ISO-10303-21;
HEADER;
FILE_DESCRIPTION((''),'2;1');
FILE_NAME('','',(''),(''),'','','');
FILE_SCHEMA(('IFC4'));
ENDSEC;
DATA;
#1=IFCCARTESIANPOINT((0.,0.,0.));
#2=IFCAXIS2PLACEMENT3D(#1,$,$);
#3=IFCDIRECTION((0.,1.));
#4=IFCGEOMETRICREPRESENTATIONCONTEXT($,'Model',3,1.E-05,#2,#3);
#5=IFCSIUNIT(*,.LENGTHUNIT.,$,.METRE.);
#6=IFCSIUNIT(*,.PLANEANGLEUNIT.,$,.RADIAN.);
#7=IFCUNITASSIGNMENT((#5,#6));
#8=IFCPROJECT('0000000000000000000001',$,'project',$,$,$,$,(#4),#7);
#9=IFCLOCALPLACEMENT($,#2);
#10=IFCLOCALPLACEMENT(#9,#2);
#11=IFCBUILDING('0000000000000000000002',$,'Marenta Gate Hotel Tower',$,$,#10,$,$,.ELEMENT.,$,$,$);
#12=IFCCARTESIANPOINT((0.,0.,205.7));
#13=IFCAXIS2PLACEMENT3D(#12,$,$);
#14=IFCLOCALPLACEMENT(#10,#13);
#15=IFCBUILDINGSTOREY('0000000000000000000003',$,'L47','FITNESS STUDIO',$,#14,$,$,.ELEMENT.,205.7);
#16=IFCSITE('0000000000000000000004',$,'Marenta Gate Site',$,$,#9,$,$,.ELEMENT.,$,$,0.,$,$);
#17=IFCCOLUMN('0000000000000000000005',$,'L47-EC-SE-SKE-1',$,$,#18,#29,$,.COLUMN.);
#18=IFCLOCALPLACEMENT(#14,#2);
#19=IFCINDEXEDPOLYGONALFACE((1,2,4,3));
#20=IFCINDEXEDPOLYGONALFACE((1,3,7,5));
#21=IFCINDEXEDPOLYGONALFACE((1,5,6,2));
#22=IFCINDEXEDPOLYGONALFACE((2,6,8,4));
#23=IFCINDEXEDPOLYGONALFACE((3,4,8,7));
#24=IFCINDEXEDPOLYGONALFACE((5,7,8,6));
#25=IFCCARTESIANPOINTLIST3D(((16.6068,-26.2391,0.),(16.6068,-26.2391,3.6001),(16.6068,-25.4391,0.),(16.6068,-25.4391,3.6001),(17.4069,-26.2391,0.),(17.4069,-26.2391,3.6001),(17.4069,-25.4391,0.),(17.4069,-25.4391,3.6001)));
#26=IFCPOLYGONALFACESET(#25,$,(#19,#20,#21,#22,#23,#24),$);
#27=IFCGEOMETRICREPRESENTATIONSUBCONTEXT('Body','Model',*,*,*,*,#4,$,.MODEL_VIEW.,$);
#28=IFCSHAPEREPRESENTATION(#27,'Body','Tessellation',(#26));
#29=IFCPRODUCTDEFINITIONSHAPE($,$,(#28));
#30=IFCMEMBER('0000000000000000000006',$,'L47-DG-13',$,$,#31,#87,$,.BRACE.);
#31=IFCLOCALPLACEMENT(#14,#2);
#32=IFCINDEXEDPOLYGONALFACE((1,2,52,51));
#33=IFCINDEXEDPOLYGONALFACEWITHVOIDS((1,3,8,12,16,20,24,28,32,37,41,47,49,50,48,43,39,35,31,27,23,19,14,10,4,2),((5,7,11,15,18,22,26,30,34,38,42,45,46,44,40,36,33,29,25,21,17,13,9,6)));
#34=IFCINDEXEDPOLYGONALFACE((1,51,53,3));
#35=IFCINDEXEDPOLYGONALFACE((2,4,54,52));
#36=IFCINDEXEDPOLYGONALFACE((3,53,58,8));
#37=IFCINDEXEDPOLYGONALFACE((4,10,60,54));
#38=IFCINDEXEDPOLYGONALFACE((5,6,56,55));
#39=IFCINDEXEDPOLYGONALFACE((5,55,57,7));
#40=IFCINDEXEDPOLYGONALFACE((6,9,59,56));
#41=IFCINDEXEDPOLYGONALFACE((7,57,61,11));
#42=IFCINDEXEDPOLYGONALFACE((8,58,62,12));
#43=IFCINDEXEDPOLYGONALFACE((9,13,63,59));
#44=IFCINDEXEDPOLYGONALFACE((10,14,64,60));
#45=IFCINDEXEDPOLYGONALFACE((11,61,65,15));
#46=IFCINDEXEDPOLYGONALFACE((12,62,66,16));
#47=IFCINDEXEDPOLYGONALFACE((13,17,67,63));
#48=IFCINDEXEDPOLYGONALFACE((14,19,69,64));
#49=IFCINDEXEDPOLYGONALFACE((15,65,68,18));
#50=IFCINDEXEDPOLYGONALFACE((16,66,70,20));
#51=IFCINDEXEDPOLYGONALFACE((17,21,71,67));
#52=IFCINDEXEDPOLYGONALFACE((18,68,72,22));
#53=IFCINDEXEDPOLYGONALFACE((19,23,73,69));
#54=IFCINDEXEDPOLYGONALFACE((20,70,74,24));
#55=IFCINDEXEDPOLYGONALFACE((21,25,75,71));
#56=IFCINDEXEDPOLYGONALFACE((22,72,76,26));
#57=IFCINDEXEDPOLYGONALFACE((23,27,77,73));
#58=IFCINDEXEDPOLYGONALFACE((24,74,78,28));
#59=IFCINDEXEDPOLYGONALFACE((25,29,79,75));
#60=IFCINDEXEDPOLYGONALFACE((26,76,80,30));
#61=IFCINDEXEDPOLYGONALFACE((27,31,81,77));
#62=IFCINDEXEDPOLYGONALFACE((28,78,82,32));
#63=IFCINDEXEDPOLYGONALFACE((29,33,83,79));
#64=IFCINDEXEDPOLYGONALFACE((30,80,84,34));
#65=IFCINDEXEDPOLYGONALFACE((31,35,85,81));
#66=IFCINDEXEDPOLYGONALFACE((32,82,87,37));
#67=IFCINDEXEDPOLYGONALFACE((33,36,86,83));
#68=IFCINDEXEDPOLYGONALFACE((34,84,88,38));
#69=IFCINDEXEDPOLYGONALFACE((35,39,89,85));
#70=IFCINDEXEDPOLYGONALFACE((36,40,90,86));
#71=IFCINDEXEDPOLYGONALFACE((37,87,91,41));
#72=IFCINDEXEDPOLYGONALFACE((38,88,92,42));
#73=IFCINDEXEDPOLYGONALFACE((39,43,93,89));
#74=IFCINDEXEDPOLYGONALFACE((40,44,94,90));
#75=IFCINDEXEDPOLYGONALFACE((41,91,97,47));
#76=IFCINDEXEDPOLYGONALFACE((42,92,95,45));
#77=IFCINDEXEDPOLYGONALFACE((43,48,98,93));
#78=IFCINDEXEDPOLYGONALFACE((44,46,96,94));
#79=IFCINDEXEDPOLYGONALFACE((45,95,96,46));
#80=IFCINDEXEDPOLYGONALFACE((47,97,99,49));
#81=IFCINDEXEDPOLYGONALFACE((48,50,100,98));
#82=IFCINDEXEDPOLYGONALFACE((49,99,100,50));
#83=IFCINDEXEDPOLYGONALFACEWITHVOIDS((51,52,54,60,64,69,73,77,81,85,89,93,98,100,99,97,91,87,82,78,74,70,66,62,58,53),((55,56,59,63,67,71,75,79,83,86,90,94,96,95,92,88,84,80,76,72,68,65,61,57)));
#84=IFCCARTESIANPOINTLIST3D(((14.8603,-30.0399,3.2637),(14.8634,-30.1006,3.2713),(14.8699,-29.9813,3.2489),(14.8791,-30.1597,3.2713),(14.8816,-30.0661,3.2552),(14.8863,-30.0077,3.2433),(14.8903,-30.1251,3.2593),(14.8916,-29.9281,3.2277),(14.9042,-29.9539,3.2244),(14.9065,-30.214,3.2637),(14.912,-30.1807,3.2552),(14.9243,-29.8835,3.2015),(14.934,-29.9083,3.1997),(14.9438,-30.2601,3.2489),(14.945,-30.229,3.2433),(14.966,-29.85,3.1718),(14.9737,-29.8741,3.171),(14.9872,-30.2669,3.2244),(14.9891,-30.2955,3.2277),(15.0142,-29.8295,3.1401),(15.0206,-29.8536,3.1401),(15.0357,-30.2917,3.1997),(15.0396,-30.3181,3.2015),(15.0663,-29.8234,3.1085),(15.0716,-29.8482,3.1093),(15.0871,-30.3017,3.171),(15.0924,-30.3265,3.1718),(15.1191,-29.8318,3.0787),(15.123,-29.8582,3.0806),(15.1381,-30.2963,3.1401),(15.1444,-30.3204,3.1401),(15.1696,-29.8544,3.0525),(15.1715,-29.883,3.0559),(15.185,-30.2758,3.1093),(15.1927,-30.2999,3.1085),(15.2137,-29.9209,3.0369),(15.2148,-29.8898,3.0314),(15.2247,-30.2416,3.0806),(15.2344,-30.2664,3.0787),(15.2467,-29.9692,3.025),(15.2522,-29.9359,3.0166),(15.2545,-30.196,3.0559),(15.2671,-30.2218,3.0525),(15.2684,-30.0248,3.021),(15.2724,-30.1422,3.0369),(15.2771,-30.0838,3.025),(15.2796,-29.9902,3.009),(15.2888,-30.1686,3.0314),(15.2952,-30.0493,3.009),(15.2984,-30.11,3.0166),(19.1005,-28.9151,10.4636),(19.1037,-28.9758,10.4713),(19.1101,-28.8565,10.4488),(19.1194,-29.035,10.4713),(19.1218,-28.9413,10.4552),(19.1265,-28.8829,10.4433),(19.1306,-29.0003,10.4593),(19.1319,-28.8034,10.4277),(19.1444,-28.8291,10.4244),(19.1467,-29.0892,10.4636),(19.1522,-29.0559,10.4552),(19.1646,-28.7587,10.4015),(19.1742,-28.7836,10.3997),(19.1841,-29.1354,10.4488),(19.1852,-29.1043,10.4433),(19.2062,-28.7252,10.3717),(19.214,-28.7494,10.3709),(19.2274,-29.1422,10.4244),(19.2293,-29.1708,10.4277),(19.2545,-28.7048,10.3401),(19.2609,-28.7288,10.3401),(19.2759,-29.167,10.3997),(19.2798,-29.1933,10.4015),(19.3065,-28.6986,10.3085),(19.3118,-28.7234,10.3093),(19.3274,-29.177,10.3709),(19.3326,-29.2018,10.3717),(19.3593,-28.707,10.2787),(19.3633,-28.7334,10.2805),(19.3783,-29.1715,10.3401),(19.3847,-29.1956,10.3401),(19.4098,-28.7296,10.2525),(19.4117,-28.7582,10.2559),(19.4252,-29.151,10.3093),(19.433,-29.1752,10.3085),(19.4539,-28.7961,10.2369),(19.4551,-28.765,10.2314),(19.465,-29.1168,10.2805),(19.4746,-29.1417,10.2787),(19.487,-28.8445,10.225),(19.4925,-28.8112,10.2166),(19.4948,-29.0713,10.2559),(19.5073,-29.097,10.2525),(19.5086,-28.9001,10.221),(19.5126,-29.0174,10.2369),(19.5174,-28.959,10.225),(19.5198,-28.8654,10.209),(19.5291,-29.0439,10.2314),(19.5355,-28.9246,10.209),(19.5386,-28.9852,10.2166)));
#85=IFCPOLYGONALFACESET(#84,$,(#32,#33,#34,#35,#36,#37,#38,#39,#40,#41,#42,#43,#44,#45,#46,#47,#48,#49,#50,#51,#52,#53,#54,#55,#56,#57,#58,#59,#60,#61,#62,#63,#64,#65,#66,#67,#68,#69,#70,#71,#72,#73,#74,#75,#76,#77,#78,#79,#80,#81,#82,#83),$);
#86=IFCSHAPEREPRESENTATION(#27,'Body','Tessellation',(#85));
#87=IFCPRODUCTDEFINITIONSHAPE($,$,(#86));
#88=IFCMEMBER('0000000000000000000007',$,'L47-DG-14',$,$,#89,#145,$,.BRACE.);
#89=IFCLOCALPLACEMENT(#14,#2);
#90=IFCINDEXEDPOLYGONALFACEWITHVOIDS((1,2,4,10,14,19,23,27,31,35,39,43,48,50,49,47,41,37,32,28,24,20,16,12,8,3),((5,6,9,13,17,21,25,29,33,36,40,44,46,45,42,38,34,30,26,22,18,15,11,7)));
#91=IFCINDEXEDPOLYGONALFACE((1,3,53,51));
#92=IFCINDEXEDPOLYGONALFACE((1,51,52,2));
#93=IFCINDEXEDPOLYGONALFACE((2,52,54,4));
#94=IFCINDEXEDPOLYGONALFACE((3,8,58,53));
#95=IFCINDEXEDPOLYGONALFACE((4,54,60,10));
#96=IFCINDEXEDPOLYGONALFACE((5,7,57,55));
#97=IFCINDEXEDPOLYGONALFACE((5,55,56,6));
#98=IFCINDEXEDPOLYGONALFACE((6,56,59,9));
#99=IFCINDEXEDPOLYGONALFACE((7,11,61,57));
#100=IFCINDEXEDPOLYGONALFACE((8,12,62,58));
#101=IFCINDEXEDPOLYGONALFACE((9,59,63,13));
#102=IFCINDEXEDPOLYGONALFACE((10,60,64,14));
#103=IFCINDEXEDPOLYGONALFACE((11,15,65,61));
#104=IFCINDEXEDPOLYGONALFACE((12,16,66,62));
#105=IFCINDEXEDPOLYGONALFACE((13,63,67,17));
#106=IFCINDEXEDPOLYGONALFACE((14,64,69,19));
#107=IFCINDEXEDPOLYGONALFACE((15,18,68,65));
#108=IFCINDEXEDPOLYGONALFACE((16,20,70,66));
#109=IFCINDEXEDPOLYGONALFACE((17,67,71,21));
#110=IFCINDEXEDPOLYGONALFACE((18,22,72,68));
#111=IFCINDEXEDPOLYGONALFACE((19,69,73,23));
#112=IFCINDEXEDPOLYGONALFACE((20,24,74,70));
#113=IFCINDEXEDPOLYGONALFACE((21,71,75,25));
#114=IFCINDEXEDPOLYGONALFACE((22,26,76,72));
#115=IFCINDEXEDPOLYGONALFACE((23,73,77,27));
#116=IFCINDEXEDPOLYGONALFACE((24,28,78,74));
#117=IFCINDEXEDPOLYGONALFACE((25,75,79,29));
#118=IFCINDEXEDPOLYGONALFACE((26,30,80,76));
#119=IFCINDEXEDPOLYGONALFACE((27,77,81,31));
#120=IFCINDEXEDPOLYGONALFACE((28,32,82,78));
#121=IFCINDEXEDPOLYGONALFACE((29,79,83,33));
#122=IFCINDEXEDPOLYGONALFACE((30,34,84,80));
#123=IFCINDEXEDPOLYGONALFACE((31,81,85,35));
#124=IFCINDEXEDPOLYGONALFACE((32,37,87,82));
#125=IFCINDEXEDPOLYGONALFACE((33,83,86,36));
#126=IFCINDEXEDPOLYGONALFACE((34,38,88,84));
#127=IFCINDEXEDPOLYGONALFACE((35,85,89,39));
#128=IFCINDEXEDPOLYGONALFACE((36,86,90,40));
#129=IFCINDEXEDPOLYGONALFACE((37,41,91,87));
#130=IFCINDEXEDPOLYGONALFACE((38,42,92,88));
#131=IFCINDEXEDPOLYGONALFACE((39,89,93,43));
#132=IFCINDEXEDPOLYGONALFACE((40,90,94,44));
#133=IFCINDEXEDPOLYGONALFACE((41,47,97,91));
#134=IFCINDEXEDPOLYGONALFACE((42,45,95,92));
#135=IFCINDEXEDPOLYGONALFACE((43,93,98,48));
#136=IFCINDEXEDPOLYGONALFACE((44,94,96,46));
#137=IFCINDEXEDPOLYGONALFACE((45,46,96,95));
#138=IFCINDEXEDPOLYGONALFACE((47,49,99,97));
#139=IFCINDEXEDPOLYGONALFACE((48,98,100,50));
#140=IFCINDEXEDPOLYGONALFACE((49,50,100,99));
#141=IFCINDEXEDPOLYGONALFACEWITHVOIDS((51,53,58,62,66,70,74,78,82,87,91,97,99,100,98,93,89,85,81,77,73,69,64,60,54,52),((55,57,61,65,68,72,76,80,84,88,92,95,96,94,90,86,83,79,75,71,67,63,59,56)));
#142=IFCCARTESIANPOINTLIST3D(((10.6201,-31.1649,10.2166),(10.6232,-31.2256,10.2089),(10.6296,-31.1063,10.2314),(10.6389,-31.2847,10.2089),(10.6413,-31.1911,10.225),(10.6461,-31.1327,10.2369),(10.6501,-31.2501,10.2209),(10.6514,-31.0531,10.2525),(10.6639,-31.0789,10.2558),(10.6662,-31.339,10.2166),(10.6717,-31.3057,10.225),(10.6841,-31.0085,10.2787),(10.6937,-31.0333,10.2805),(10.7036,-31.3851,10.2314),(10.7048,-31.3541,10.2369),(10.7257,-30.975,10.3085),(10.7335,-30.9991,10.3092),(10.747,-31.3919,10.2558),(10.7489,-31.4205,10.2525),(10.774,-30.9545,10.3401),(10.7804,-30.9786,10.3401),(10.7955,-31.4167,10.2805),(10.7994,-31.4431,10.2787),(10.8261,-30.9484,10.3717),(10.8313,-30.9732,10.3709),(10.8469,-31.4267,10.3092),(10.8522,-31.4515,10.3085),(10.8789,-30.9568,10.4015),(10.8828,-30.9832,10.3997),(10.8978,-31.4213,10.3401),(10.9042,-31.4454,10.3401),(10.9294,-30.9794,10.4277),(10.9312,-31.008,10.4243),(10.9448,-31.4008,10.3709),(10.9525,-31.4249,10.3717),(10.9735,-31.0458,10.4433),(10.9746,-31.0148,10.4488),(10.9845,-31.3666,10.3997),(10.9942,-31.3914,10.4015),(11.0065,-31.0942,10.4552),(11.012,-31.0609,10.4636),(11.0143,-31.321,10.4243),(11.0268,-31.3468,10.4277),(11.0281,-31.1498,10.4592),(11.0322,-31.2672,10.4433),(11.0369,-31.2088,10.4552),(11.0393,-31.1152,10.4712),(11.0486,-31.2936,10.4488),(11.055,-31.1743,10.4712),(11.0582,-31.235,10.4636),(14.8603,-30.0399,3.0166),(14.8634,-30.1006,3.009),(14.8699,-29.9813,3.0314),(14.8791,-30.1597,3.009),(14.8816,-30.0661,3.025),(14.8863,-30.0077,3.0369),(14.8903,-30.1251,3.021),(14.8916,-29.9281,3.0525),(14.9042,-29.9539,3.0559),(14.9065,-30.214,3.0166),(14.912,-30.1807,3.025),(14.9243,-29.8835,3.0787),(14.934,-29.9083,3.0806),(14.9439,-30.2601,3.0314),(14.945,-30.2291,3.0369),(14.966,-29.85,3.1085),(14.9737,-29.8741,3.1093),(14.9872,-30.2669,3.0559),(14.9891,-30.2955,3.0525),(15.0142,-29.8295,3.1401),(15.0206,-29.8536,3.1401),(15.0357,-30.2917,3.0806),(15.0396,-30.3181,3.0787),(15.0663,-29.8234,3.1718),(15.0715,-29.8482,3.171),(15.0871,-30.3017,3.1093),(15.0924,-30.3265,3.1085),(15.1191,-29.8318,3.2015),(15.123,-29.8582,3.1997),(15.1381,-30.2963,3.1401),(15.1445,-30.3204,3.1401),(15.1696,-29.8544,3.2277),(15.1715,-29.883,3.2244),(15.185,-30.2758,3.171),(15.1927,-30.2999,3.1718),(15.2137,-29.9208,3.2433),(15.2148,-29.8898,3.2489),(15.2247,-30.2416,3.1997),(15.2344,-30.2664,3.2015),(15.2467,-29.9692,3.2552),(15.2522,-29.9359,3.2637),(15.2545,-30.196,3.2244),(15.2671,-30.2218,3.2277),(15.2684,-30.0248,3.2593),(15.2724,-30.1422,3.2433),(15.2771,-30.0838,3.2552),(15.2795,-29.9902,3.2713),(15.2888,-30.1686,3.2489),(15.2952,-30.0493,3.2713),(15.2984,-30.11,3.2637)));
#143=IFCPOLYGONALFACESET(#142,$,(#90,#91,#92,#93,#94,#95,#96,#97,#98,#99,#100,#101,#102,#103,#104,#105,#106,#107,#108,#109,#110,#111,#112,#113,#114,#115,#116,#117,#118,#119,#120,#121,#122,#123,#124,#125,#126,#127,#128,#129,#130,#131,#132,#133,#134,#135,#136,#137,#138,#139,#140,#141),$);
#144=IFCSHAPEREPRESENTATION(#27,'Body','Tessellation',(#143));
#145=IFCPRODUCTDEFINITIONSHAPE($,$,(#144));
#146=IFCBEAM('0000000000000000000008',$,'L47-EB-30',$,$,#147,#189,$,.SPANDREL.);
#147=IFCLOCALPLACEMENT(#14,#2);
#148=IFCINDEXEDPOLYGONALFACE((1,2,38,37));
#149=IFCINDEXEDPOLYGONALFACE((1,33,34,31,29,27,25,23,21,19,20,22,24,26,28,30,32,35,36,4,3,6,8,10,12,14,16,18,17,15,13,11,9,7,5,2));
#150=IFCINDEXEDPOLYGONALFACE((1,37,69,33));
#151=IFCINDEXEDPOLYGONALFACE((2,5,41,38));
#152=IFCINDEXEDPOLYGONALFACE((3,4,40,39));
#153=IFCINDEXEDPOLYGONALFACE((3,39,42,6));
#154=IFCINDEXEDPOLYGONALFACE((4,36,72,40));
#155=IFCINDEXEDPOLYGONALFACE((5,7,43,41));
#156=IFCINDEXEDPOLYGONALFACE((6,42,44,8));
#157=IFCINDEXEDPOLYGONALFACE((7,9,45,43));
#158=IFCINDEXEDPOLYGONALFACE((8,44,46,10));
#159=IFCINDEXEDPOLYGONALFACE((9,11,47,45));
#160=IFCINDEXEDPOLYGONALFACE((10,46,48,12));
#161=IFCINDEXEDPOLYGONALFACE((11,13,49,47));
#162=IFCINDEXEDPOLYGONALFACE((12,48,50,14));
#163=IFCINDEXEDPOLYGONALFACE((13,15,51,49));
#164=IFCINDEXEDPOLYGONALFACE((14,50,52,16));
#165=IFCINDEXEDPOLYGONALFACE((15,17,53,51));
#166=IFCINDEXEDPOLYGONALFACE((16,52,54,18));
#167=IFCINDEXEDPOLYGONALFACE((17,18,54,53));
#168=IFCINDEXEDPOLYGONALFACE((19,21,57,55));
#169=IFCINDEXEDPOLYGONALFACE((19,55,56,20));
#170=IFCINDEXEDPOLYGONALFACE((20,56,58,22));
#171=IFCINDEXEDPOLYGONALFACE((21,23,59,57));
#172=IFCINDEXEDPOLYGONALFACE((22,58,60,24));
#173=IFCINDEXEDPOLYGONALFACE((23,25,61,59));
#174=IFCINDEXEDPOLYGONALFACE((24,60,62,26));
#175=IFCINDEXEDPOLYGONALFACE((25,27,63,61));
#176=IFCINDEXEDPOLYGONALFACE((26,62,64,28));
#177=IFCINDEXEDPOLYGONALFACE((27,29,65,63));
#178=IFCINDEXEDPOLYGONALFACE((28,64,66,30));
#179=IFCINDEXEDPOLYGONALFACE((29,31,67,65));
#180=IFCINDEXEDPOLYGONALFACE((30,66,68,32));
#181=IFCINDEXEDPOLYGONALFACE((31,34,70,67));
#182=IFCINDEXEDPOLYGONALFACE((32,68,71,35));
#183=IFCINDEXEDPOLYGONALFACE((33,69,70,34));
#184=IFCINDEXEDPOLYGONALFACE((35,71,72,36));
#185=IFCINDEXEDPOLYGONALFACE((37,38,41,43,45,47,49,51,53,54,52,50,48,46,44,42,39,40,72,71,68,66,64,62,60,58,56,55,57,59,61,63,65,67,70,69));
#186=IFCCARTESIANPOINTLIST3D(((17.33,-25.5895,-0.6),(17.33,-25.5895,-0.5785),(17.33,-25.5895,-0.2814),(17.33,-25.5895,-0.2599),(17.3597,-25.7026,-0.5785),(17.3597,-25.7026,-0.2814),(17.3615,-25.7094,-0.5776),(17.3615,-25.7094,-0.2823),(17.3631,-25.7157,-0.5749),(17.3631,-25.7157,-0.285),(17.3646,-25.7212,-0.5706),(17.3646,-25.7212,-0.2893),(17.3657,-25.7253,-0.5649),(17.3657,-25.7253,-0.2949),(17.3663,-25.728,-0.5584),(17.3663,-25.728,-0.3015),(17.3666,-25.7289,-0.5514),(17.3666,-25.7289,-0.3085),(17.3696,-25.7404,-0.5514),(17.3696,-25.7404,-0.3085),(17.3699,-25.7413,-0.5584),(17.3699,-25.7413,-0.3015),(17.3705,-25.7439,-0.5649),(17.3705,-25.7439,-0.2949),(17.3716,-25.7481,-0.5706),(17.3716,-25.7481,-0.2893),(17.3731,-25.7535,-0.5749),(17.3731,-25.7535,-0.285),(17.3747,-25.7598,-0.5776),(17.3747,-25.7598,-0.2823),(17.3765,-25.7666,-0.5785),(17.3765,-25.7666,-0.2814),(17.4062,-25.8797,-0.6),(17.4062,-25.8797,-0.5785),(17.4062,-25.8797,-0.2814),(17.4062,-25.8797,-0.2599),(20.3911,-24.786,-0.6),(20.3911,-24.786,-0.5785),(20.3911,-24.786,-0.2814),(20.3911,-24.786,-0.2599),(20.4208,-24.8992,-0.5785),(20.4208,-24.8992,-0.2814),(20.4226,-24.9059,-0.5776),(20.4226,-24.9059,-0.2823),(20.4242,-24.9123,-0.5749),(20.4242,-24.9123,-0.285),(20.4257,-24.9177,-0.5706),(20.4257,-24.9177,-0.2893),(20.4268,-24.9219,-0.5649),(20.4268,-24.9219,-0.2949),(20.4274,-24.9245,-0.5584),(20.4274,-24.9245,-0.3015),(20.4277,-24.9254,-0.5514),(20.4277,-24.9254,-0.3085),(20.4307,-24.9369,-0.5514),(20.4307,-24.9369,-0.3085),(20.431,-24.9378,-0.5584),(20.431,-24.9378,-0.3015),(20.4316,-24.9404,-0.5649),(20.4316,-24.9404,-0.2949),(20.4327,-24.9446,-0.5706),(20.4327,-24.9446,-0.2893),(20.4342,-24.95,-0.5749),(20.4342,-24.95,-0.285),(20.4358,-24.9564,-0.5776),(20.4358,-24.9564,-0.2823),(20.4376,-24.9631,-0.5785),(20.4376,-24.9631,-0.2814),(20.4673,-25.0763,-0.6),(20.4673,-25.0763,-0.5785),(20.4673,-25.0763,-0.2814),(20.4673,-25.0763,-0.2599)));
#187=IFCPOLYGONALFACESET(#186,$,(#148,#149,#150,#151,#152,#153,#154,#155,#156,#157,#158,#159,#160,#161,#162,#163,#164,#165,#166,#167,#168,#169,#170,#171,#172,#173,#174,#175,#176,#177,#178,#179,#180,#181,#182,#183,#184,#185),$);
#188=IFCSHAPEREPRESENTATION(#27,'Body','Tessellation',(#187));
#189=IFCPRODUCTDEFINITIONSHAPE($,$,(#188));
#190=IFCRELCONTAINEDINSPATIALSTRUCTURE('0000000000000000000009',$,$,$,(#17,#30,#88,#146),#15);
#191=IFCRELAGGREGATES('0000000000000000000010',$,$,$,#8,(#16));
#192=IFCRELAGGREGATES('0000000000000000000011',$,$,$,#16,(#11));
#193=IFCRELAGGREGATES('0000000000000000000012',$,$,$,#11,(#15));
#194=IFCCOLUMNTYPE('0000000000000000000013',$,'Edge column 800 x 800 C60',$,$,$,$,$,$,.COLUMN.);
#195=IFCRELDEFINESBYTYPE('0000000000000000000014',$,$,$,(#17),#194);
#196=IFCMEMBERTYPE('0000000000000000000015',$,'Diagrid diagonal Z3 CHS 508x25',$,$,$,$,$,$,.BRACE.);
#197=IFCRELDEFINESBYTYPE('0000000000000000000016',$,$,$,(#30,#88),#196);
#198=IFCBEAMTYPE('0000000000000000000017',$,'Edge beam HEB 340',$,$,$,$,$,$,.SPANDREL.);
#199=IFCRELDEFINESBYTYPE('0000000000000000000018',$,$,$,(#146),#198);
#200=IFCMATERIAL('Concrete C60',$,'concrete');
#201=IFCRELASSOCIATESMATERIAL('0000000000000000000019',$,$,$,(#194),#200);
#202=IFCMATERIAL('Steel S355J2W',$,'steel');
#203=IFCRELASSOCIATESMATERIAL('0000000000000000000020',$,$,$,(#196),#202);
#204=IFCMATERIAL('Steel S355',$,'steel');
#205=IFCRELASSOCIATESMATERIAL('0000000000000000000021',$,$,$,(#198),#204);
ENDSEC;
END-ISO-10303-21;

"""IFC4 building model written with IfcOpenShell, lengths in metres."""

from ifc_helpers import new_model, si_unit, direction, frame, origin, origin_2d, place, context, subcontext, project, spatial, rectangle, hollow_circle, i_section, extrude, material, material_profile, profile_set, type_object, element, save


model = new_model("IFC4")

# Units and contexts
model_context = context("Model", 3, precision=1e-05, world=origin(), true_north=direction((0.0, 1.0)))
body_context = subcontext(model_context, "Body", "Model", "MODEL_VIEW")
ifc_project = project(units=[si_unit("LENGTHUNIT", "METRE"), si_unit("PLANEANGLEUNIT", "RADIAN")], contexts=[model_context])

# Site, building, storey
site_placement = place(None, origin())
site = spatial("IfcSite", under=ifc_project, at=site_placement, Name="Marenta Gate Site", CompositionType="ELEMENT", RefElevation=0.0)
building_placement = place(site_placement, origin())
building = spatial("IfcBuilding", under=site, at=building_placement, Name="Marenta Gate Hotel Tower", CompositionType="ELEMENT")
storey_placement = place(building_placement, frame((0.0, 0.0, 205.7)))
storey = spatial("IfcBuildingStorey", under=building, at=storey_placement, Name="L47", Description="FITNESS STUDIO", CompositionType="ELEMENT", Elevation=205.7)

# Column
ifc_material_1 = material(Name="Concrete C60", Category="concrete")
ifc_material_profile_1 = material_profile(ifc_material_1, rectangle(XDim=0.8, YDim=0.8, at=origin_2d()), Name="800 x 800")
ifc_profile_set_1 = profile_set([ifc_material_profile_1], Name="Concrete C60")
column_type = type_object("IfcColumnType", Name="Edge column 800 x 800 C60", PredefinedType="COLUMN", material=ifc_profile_set_1)
column_placement = place(storey_placement, frame((17.0068, -25.8391, 0.0), z_axis=(0.0, 0.0, 1.0), x_axis=(1.0, 0.0, 0.0)))
element("IfcColumn", 1, at=column_placement, inside=storey, type_object=column_type, Name="L47-EC-SE-SKE-1", PredefinedType="COLUMN", context=body_context, shape_type="SweptSolid", body=[
    extrude(rectangle(XDim=0.8, YDim=0.8, at=origin_2d()), origin(), (0.0, 0.0, 1.0), 3.6001),
])

# Members
ifc_material_2 = material(Name="Steel S355J2W", Category="steel")
ifc_material_profile_2 = material_profile(ifc_material_2, hollow_circle(Radius=0.2539, WallThickness=0.0249, at=origin_2d()), Name="CHS 508x25")
ifc_profile_set_2 = profile_set([ifc_material_profile_2], Name="Steel S355J2W")
member_type_1 = type_object("IfcMemberType", Name="Diagrid diagonal Z3 CHS 508x25", PredefinedType="BRACE", material=ifc_profile_set_2)
for number, where, z_axis, x_axis, name in (
    (2, (15.0793, -30.075, 3.1401), (0.502926, 0.133405, 0.853972), (-0.256391, 0.966573, 0.0), "L47-DG-13"),
    (3, (15.0793, -30.075, 3.1401), (-0.502924, -0.133434, 0.853969), (0.256443, -0.966559, 0.0), "L47-DG-14"),
):
    element("IfcMember", number, at=place(storey_placement, frame(where, z_axis=z_axis, x_axis=x_axis)), inside=storey, type_object=member_type_1, Name=name, PredefinedType="BRACE", context=body_context, shape_type="SweptSolid", body=[
        extrude(hollow_circle(Radius=0.2539, WallThickness=0.0249, at=origin_2d()), origin(), (0.0, 0.0, 1.0), 8.4312),
    ])

# Beam
ifc_material_3 = material(Name="Steel S355", Category="steel")
ifc_material_profile_3 = material_profile(ifc_material_3, i_section(OverallWidth=0.3, OverallDepth=0.3401, WebThickness=0.012, FlangeThickness=0.0215, FilletRadius=0.0271, at=origin_2d()), Name="HEB 340")
ifc_profile_set_3 = profile_set([ifc_material_profile_3], Name="Steel S355")
beam_type = type_object("IfcBeamType", Name="Edge beam HEB 340", PredefinedType="SPANDREL", material=ifc_profile_set_3)
beam_1_placement = place(storey_placement, frame((20.4292, -24.9312, -0.4299), z_axis=(-0.967235, -0.253882, 0.0), x_axis=(0.253882, -0.967235, 0.0)))
element("IfcBeam", 4, at=beam_1_placement, inside=storey, type_object=beam_type, Name="L47-EB-30", PredefinedType="SPANDREL", context=body_context, shape_type="SweptSolid", body=[
    extrude(i_section(OverallWidth=0.3, OverallDepth=0.3401, WebThickness=0.012, FlangeThickness=0.0215, FilletRadius=0.0271, at=origin_2d()), origin(), (0.0, 0.0, 1.0), 3.1648),
])

save(model, "model.ifc")
